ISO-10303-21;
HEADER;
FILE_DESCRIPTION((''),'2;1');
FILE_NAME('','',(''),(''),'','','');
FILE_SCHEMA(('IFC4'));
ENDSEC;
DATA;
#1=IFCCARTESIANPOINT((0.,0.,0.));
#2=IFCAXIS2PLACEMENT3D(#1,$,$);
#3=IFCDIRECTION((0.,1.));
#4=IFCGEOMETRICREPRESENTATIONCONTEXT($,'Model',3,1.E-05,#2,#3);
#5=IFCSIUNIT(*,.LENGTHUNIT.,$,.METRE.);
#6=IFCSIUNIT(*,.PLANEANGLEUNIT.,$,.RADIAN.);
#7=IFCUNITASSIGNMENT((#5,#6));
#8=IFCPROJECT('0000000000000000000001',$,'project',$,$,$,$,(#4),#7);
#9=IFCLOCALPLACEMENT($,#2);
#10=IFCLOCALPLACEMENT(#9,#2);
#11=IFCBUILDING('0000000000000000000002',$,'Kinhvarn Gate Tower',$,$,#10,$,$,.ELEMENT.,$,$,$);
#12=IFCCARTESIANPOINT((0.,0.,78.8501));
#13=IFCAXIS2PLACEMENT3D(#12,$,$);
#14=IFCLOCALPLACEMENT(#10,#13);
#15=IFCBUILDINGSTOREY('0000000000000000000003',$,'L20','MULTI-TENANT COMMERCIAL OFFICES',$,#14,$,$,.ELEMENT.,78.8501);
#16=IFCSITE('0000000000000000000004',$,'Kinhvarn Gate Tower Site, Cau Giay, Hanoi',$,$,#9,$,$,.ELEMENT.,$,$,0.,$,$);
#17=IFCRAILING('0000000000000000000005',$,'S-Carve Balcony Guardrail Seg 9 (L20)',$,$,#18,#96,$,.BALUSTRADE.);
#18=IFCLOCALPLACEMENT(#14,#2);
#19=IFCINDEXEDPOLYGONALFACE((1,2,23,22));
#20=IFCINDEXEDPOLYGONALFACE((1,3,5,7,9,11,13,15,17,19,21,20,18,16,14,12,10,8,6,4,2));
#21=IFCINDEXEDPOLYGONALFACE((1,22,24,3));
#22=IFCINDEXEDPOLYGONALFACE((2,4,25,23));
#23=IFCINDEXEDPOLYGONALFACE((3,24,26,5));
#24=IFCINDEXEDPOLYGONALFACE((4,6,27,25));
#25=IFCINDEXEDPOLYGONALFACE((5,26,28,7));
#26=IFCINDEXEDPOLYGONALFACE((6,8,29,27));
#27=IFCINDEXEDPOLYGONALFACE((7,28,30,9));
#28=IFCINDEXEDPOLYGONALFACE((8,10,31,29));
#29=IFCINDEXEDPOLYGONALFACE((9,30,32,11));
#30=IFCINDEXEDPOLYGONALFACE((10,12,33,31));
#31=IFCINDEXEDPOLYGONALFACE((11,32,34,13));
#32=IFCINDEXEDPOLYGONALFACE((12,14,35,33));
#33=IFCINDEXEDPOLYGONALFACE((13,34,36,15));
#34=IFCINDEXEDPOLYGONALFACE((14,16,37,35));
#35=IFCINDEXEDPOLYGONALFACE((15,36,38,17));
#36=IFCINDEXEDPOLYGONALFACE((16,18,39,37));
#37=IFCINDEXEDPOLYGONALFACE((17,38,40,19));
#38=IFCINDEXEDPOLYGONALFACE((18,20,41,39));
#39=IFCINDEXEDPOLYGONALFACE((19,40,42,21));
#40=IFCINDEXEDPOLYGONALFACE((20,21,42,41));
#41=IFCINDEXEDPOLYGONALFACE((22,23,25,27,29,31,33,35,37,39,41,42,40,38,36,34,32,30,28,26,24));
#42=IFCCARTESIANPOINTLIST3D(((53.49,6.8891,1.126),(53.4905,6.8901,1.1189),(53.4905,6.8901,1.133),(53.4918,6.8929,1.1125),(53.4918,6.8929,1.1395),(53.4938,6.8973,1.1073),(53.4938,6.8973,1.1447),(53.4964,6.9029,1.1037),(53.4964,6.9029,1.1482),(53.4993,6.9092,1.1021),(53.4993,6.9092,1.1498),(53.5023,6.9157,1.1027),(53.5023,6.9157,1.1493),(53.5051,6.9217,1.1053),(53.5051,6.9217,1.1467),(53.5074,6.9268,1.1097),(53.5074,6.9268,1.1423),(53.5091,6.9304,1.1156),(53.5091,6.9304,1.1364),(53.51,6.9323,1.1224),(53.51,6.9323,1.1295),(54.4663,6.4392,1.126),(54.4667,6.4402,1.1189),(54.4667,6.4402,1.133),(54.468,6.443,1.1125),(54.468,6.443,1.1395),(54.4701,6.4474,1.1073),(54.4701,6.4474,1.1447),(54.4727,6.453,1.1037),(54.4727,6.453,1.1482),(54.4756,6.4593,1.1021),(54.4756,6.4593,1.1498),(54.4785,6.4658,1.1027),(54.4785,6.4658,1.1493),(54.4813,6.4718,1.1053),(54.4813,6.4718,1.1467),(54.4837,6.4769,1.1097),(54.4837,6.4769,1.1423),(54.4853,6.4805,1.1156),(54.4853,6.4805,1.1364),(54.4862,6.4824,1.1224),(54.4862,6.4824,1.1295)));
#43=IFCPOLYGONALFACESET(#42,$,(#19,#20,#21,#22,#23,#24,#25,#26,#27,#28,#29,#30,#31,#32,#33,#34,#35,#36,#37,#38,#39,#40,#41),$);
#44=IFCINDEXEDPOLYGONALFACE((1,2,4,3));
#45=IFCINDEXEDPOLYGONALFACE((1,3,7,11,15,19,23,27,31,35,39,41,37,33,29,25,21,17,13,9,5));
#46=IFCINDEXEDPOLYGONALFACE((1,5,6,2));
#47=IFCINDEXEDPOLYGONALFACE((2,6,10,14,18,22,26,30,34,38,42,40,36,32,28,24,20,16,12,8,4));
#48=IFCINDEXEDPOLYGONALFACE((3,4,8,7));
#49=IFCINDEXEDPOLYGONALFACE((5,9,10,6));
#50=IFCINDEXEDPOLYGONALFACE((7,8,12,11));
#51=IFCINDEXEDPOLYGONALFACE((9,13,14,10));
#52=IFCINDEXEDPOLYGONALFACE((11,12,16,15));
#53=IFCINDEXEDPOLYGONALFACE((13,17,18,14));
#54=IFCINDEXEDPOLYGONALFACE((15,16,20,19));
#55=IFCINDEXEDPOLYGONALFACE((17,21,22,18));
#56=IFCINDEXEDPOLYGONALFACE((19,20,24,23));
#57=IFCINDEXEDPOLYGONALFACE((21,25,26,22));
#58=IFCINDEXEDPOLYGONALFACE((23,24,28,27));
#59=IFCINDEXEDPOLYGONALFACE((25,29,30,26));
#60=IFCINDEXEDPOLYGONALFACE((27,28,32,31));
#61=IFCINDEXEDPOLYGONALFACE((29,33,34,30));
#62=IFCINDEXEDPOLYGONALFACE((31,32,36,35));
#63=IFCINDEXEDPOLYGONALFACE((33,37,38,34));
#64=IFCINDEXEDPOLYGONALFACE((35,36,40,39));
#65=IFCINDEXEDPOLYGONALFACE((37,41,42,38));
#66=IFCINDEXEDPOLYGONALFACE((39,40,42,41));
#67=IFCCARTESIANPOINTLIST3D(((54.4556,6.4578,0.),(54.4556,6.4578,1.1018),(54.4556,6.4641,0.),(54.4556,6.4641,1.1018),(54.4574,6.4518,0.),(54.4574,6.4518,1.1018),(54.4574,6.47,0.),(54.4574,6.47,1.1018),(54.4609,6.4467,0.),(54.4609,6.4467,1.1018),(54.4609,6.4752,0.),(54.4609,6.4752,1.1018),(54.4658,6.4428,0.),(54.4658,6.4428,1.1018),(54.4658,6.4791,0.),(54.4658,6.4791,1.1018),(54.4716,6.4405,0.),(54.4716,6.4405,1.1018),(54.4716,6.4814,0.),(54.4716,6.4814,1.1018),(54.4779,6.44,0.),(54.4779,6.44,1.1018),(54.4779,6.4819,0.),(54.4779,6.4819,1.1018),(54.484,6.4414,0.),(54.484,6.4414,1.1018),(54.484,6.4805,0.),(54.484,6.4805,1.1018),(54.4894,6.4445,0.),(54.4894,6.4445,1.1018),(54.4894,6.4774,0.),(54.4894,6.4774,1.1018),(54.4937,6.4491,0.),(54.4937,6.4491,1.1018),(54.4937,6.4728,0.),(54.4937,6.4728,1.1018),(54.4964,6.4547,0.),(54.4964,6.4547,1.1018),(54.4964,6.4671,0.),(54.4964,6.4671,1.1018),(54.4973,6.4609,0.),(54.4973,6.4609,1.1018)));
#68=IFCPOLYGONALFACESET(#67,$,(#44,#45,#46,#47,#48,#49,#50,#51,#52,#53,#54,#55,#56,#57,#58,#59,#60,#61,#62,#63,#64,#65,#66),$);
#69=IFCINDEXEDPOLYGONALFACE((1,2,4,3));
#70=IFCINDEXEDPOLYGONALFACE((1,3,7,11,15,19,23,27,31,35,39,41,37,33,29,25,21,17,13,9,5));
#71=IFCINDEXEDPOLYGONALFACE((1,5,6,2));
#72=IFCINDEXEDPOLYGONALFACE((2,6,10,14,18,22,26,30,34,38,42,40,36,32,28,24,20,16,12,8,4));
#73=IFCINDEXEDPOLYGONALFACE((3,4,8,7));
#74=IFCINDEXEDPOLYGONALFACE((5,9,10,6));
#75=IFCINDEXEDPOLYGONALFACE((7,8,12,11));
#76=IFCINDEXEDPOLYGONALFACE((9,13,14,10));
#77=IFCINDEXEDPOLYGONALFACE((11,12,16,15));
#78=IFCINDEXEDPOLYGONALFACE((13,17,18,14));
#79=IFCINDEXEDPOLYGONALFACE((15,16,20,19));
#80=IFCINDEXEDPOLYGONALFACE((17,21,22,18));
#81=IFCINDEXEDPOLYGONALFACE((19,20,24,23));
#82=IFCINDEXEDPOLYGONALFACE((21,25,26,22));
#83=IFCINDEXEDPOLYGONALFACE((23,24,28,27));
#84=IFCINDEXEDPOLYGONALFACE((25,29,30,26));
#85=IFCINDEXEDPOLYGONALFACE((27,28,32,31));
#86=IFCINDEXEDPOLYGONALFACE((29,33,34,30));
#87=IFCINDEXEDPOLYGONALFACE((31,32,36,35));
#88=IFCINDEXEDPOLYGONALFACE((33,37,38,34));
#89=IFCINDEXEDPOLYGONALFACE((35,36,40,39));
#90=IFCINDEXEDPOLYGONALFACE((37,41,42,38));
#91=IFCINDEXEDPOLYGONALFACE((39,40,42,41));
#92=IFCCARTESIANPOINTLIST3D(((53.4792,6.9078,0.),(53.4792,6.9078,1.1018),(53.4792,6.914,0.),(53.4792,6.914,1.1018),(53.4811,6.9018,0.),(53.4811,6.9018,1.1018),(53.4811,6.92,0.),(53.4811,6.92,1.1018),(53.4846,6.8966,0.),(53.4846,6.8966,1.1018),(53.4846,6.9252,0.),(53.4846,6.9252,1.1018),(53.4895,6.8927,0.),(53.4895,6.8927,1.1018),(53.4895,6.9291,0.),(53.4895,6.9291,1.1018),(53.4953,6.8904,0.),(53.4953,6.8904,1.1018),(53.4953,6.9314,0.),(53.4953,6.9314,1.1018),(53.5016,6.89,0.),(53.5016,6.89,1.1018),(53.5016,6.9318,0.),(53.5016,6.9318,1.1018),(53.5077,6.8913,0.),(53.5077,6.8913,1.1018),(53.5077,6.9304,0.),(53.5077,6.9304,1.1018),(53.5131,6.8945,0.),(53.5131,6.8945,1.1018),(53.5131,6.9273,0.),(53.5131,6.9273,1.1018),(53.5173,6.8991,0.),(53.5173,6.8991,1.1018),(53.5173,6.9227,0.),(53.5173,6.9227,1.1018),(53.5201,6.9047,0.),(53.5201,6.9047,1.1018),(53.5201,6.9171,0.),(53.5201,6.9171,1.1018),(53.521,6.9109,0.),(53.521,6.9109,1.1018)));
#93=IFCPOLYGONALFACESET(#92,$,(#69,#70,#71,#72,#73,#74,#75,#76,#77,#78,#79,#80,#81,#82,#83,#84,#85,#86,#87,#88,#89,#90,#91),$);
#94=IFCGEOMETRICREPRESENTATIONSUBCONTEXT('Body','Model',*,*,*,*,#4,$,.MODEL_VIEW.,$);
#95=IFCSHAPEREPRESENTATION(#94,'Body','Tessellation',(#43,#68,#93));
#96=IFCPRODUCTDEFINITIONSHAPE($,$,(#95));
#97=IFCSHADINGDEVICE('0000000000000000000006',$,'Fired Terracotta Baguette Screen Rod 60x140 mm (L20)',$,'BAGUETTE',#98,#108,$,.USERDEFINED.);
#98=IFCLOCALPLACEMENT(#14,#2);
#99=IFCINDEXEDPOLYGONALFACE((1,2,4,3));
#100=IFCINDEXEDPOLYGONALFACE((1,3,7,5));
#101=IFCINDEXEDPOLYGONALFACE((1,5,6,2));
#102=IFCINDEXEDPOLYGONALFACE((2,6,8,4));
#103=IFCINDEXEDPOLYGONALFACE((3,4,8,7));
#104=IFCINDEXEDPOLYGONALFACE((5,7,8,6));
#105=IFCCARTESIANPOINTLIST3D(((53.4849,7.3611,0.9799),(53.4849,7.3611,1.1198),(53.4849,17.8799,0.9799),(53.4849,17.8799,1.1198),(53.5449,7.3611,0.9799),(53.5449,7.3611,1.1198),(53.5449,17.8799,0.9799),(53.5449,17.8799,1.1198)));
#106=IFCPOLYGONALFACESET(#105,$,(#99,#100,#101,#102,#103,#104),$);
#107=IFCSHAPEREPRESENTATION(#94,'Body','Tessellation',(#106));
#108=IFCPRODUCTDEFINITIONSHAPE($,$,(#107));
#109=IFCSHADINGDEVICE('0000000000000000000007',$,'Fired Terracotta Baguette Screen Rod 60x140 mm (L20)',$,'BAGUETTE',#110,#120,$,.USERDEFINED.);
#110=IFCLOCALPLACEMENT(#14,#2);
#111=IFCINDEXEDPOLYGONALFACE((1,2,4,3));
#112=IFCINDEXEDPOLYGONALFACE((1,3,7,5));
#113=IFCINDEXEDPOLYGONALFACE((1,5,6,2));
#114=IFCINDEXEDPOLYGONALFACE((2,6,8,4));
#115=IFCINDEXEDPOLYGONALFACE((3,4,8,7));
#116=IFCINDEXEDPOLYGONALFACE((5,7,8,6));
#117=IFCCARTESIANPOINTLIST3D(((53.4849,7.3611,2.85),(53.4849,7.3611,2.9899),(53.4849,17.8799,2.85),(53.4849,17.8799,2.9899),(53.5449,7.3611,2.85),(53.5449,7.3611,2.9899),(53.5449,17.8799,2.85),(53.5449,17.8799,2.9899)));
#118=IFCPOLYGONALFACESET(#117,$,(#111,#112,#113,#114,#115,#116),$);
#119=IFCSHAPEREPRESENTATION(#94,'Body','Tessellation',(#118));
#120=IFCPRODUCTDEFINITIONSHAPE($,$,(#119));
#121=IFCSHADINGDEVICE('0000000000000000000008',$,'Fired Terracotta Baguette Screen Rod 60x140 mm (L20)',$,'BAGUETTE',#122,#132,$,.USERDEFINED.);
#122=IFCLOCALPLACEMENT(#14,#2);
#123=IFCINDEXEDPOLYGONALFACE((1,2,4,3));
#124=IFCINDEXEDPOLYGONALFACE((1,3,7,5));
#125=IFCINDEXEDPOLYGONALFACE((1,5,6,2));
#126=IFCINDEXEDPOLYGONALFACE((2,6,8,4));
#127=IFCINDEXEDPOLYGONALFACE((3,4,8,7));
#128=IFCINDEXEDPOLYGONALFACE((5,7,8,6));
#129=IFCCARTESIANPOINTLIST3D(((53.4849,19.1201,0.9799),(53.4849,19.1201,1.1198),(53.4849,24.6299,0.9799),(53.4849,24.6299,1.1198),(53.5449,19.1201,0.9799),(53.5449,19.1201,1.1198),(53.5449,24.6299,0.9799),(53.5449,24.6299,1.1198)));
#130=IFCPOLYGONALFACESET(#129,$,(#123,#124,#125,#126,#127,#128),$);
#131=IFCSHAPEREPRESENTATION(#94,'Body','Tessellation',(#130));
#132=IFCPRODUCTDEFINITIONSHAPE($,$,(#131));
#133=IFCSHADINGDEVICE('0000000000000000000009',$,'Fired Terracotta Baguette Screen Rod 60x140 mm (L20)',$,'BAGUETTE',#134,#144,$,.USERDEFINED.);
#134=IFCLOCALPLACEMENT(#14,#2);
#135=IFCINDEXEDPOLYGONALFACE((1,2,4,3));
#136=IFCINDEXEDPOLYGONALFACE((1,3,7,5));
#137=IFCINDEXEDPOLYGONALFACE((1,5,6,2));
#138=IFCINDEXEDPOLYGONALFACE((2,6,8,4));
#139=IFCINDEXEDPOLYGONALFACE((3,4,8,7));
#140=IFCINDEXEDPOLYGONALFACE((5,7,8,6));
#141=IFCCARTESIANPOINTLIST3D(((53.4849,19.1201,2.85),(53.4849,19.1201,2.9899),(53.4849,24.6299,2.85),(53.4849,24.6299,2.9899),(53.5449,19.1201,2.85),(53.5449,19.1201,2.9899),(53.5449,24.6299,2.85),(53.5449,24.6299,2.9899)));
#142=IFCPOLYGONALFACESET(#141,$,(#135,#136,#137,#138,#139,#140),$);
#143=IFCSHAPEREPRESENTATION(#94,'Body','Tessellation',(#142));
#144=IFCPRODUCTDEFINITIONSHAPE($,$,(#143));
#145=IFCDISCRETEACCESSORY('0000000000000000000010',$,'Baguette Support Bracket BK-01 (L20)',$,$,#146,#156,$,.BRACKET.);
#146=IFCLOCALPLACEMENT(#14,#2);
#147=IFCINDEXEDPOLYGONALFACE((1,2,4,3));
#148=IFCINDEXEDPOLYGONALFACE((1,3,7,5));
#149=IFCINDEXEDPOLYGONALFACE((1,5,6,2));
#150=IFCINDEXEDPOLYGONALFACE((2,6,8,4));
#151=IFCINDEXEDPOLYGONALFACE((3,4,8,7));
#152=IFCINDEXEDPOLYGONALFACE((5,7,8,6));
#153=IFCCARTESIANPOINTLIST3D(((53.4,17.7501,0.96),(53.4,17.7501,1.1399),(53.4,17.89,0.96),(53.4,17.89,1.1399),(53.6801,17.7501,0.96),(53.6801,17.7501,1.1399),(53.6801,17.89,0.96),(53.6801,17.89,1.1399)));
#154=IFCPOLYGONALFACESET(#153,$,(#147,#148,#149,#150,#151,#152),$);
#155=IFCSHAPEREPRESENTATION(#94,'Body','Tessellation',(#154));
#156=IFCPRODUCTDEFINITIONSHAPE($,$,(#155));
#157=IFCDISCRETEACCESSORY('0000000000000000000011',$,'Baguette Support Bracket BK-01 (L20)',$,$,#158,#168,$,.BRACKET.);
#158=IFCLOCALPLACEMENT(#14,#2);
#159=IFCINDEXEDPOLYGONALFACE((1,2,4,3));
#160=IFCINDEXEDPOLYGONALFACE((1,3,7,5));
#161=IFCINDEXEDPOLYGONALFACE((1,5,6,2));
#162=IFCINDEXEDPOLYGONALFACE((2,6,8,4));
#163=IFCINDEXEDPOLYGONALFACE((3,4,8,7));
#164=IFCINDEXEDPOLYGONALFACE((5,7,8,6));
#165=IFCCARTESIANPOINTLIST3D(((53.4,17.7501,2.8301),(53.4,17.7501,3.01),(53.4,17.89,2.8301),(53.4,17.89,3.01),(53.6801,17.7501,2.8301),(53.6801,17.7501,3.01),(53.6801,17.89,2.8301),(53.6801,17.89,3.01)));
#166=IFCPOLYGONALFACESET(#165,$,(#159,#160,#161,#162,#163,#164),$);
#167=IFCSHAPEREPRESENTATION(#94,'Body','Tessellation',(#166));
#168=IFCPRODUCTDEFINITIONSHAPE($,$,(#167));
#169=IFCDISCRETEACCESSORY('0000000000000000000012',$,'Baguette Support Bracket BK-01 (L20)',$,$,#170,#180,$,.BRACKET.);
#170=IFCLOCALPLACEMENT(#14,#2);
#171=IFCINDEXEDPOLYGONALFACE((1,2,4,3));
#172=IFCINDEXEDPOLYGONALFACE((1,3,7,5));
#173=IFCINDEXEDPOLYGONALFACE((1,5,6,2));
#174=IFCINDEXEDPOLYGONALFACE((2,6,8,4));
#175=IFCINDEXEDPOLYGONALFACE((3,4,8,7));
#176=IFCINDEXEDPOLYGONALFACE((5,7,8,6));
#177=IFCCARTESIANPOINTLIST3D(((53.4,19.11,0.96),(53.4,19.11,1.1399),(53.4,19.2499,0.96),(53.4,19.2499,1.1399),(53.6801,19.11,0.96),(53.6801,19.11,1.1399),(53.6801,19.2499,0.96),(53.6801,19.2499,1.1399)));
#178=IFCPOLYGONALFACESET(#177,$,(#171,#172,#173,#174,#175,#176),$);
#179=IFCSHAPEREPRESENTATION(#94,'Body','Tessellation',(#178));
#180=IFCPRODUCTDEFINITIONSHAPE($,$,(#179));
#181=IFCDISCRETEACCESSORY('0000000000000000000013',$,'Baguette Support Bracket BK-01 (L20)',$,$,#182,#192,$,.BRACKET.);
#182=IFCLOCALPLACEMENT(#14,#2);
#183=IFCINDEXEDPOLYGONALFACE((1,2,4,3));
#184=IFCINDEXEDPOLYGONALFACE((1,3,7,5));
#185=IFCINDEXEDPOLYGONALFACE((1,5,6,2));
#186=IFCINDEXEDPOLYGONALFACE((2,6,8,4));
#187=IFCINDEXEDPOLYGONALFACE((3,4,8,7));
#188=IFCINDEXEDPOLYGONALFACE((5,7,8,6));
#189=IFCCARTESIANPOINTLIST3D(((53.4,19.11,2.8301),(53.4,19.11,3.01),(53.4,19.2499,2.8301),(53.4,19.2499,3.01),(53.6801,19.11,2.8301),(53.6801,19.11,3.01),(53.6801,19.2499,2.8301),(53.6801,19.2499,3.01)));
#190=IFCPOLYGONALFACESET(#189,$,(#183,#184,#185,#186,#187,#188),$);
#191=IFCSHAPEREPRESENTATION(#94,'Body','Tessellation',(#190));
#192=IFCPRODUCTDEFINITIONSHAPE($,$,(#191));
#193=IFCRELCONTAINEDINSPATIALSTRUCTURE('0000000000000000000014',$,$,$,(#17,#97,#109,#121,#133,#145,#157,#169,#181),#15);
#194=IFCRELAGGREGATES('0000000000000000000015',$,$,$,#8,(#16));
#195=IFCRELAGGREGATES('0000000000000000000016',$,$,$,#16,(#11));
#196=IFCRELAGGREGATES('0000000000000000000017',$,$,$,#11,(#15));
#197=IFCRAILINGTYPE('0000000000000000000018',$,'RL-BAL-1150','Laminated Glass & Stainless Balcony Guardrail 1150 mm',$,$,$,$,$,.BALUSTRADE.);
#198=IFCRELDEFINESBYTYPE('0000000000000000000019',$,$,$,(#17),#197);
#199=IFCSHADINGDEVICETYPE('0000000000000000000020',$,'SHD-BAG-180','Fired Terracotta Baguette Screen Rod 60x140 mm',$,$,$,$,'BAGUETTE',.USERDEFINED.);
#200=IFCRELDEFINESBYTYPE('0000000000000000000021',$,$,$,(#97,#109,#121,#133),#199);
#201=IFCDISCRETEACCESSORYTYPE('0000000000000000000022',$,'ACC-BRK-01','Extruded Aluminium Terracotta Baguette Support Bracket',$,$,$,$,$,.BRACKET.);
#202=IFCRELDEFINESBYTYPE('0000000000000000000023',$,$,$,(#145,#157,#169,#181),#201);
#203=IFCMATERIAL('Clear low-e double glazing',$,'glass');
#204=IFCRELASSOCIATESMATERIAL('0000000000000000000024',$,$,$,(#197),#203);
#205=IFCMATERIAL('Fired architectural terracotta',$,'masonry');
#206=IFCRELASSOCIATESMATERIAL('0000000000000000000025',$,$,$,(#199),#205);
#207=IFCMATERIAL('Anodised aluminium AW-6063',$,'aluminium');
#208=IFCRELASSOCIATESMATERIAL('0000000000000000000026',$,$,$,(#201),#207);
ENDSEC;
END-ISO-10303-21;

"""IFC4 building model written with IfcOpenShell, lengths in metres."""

from ifc_helpers import new_model, si_unit, direction, frame, origin, origin_2d, place, context, subcontext, project, spatial, rectangle, circle, extrude, material, material_profile, profile_set, type_object, element, save


model = new_model("IFC4")

# Units and contexts
model_context = context("Model", 3, precision=1e-05, world=origin(), true_north=direction((0.0, 1.0)))
body_context = subcontext(model_context, "Body", "Model", "MODEL_VIEW")
ifc_project = project(units=[si_unit("LENGTHUNIT", "METRE"), si_unit("PLANEANGLEUNIT", "RADIAN")], contexts=[model_context])

# Site, building, storey
site_placement = place(None, origin())
site = spatial("IfcSite", under=ifc_project, at=site_placement, Name="Kinhvarn Gate Tower Site, Cau Giay, Hanoi", CompositionType="ELEMENT", RefElevation=0.0)
building_placement = place(site_placement, origin())
building = spatial("IfcBuilding", under=site, at=building_placement, Name="Kinhvarn Gate Tower", CompositionType="ELEMENT")
storey_placement = place(building_placement, frame((0.0, 0.0, 78.8501)))
storey = spatial("IfcBuildingStorey", under=building, at=storey_placement, Name="L20", Description="MULTI-TENANT COMMERCIAL OFFICES", CompositionType="ELEMENT", Elevation=78.8501)

# Shared definitions
ifc_material_1 = material(Name="Anodised aluminium AW-6063", Category="aluminium")

# Shared definitions
ifc_material_2 = material(Name="Clear low-e double glazing", Category="glass")

# Railing
railing_type = type_object("IfcRailingType", Name="RL-BAL-1150", Description="Laminated Glass & Stainless Balcony Guardrail 1150 mm", PredefinedType="BALUSTRADE", material=ifc_material_2)
railing_placement = place(storey_placement, frame((54.4763, 6.4609, 0.0)))
element("IfcRailing", 1, at=railing_placement, inside=storey, type_object=railing_type, Name="S-Carve Balcony Guardrail Seg 9 (L20)", PredefinedType="BALUSTRADE", context=body_context, shape_type="SweptSolid", body=[
    extrude(circle(Radius=0.0239, at=origin_2d()), frame((0.0, 0.0, 1.126), z_axis=(-0.908192, 0.418554, 0.0), x_axis=(-0.418554, -0.908192, 0.0)), (0.0, 0.0, 1.0), 1.075),
    extrude(circle(Radius=0.021, at=origin_2d()), origin(), (0.0, 0.0, 1.0), 1.1018),
    extrude(circle(Radius=0.021, at=origin_2d()), frame((-0.9763, 0.45, 0.0)), (0.0, 0.0, 1.0), 1.1018),
])

# Shading devices
ifc_material_3 = material(Name="Fired architectural terracotta", Category="masonry")
ifc_material_profile_1 = material_profile(ifc_material_3, rectangle(XDim=0.0601, YDim=0.1399, at=origin_2d()), Name="TC 60x140")
ifc_profile_set_1 = profile_set([ifc_material_profile_1], Name="Fired architectural terracotta")
shading_device_type = type_object("IfcShadingDeviceType", Name="SHD-BAG-180", Description="Fired Terracotta Baguette Screen Rod 60x140 mm", ElementType="BAGUETTE", PredefinedType="USERDEFINED", material=ifc_profile_set_1)
for number, where, z_axis, x_axis, name in (
    (2, (53.5149, 7.3611, 1.0498), (0.0, 1.0, 0.0), (-1.0, 0.0, 0.0), "Fired Terracotta Baguette Screen Rod 60x140 mm (L20)"),
    (3, (53.5149, 7.3611, 2.9199), (0.0, 1.0, 0.0), (-1.0, 0.0, 0.0), "Fired Terracotta Baguette Screen Rod 60x140 mm (L20)"),
):
    element("IfcShadingDevice", number, at=place(storey_placement, frame(where, z_axis=z_axis, x_axis=x_axis)), inside=storey, type_object=shading_device_type, Name=name, ObjectType="BAGUETTE", PredefinedType="USERDEFINED", context=body_context, shape_type="SweptSolid", body=[
        extrude(rectangle(XDim=0.0601, YDim=0.1399, at=origin_2d()), origin(), (0.0, 0.0, 1.0), 10.5188),
    ])
for number, where, z_axis, x_axis, name in (
    (4, (53.5149, 19.1201, 1.0498), (0.0, 1.0, 0.0), (-1.0, 0.0, 0.0), "Fired Terracotta Baguette Screen Rod 60x140 mm (L20)"),
    (5, (53.5149, 19.1201, 2.9199), (0.0, 1.0, 0.0), (-1.0, 0.0, 0.0), "Fired Terracotta Baguette Screen Rod 60x140 mm (L20)"),
):
    element("IfcShadingDevice", number, at=place(storey_placement, frame(where, z_axis=z_axis, x_axis=x_axis)), inside=storey, type_object=shading_device_type, Name=name, ObjectType="BAGUETTE", PredefinedType="USERDEFINED", context=body_context, shape_type="SweptSolid", body=[
        extrude(rectangle(XDim=0.0601, YDim=0.1399, at=origin_2d()), origin(), (0.0, 0.0, 1.0), 5.5098),
    ])

# Discrete accessories
discrete_accessory_type = type_object("IfcDiscreteAccessoryType", Name="ACC-BRK-01", Description="Extruded Aluminium Terracotta Baguette Support Bracket", PredefinedType="BRACKET", material=ifc_material_1)
for number, where, z_axis, x_axis, name in (
    (6, (53.54, 17.8201, 0.96), (0.0, 0.0, 1.0), (0.0, 1.0, 0.0), "Baguette Support Bracket BK-01 (L20)"),
    (7, (53.54, 17.8201, 2.8301), (0.0, 0.0, 1.0), (0.0, 1.0, 0.0), "Baguette Support Bracket BK-01 (L20)"),
    (8, (53.54, 19.1799, 0.96), (0.0, 0.0, 1.0), (0.0, 1.0, 0.0), "Baguette Support Bracket BK-01 (L20)"),
    (9, (53.54, 19.1799, 2.8301), (0.0, 0.0, 1.0), (0.0, 1.0, 0.0), "Baguette Support Bracket BK-01 (L20)"),
):
    element("IfcDiscreteAccessory", number, at=place(storey_placement, frame(where, z_axis=z_axis, x_axis=x_axis)), inside=storey, type_object=discrete_accessory_type, Name=name, PredefinedType="BRACKET", context=body_context, shape_type="SweptSolid", body=[
        extrude(rectangle(XDim=0.1399, YDim=0.28, at=origin_2d()), origin(), (0.0, 0.0, 1.0), 0.1799),
    ])

save(model, "model.ifc")
